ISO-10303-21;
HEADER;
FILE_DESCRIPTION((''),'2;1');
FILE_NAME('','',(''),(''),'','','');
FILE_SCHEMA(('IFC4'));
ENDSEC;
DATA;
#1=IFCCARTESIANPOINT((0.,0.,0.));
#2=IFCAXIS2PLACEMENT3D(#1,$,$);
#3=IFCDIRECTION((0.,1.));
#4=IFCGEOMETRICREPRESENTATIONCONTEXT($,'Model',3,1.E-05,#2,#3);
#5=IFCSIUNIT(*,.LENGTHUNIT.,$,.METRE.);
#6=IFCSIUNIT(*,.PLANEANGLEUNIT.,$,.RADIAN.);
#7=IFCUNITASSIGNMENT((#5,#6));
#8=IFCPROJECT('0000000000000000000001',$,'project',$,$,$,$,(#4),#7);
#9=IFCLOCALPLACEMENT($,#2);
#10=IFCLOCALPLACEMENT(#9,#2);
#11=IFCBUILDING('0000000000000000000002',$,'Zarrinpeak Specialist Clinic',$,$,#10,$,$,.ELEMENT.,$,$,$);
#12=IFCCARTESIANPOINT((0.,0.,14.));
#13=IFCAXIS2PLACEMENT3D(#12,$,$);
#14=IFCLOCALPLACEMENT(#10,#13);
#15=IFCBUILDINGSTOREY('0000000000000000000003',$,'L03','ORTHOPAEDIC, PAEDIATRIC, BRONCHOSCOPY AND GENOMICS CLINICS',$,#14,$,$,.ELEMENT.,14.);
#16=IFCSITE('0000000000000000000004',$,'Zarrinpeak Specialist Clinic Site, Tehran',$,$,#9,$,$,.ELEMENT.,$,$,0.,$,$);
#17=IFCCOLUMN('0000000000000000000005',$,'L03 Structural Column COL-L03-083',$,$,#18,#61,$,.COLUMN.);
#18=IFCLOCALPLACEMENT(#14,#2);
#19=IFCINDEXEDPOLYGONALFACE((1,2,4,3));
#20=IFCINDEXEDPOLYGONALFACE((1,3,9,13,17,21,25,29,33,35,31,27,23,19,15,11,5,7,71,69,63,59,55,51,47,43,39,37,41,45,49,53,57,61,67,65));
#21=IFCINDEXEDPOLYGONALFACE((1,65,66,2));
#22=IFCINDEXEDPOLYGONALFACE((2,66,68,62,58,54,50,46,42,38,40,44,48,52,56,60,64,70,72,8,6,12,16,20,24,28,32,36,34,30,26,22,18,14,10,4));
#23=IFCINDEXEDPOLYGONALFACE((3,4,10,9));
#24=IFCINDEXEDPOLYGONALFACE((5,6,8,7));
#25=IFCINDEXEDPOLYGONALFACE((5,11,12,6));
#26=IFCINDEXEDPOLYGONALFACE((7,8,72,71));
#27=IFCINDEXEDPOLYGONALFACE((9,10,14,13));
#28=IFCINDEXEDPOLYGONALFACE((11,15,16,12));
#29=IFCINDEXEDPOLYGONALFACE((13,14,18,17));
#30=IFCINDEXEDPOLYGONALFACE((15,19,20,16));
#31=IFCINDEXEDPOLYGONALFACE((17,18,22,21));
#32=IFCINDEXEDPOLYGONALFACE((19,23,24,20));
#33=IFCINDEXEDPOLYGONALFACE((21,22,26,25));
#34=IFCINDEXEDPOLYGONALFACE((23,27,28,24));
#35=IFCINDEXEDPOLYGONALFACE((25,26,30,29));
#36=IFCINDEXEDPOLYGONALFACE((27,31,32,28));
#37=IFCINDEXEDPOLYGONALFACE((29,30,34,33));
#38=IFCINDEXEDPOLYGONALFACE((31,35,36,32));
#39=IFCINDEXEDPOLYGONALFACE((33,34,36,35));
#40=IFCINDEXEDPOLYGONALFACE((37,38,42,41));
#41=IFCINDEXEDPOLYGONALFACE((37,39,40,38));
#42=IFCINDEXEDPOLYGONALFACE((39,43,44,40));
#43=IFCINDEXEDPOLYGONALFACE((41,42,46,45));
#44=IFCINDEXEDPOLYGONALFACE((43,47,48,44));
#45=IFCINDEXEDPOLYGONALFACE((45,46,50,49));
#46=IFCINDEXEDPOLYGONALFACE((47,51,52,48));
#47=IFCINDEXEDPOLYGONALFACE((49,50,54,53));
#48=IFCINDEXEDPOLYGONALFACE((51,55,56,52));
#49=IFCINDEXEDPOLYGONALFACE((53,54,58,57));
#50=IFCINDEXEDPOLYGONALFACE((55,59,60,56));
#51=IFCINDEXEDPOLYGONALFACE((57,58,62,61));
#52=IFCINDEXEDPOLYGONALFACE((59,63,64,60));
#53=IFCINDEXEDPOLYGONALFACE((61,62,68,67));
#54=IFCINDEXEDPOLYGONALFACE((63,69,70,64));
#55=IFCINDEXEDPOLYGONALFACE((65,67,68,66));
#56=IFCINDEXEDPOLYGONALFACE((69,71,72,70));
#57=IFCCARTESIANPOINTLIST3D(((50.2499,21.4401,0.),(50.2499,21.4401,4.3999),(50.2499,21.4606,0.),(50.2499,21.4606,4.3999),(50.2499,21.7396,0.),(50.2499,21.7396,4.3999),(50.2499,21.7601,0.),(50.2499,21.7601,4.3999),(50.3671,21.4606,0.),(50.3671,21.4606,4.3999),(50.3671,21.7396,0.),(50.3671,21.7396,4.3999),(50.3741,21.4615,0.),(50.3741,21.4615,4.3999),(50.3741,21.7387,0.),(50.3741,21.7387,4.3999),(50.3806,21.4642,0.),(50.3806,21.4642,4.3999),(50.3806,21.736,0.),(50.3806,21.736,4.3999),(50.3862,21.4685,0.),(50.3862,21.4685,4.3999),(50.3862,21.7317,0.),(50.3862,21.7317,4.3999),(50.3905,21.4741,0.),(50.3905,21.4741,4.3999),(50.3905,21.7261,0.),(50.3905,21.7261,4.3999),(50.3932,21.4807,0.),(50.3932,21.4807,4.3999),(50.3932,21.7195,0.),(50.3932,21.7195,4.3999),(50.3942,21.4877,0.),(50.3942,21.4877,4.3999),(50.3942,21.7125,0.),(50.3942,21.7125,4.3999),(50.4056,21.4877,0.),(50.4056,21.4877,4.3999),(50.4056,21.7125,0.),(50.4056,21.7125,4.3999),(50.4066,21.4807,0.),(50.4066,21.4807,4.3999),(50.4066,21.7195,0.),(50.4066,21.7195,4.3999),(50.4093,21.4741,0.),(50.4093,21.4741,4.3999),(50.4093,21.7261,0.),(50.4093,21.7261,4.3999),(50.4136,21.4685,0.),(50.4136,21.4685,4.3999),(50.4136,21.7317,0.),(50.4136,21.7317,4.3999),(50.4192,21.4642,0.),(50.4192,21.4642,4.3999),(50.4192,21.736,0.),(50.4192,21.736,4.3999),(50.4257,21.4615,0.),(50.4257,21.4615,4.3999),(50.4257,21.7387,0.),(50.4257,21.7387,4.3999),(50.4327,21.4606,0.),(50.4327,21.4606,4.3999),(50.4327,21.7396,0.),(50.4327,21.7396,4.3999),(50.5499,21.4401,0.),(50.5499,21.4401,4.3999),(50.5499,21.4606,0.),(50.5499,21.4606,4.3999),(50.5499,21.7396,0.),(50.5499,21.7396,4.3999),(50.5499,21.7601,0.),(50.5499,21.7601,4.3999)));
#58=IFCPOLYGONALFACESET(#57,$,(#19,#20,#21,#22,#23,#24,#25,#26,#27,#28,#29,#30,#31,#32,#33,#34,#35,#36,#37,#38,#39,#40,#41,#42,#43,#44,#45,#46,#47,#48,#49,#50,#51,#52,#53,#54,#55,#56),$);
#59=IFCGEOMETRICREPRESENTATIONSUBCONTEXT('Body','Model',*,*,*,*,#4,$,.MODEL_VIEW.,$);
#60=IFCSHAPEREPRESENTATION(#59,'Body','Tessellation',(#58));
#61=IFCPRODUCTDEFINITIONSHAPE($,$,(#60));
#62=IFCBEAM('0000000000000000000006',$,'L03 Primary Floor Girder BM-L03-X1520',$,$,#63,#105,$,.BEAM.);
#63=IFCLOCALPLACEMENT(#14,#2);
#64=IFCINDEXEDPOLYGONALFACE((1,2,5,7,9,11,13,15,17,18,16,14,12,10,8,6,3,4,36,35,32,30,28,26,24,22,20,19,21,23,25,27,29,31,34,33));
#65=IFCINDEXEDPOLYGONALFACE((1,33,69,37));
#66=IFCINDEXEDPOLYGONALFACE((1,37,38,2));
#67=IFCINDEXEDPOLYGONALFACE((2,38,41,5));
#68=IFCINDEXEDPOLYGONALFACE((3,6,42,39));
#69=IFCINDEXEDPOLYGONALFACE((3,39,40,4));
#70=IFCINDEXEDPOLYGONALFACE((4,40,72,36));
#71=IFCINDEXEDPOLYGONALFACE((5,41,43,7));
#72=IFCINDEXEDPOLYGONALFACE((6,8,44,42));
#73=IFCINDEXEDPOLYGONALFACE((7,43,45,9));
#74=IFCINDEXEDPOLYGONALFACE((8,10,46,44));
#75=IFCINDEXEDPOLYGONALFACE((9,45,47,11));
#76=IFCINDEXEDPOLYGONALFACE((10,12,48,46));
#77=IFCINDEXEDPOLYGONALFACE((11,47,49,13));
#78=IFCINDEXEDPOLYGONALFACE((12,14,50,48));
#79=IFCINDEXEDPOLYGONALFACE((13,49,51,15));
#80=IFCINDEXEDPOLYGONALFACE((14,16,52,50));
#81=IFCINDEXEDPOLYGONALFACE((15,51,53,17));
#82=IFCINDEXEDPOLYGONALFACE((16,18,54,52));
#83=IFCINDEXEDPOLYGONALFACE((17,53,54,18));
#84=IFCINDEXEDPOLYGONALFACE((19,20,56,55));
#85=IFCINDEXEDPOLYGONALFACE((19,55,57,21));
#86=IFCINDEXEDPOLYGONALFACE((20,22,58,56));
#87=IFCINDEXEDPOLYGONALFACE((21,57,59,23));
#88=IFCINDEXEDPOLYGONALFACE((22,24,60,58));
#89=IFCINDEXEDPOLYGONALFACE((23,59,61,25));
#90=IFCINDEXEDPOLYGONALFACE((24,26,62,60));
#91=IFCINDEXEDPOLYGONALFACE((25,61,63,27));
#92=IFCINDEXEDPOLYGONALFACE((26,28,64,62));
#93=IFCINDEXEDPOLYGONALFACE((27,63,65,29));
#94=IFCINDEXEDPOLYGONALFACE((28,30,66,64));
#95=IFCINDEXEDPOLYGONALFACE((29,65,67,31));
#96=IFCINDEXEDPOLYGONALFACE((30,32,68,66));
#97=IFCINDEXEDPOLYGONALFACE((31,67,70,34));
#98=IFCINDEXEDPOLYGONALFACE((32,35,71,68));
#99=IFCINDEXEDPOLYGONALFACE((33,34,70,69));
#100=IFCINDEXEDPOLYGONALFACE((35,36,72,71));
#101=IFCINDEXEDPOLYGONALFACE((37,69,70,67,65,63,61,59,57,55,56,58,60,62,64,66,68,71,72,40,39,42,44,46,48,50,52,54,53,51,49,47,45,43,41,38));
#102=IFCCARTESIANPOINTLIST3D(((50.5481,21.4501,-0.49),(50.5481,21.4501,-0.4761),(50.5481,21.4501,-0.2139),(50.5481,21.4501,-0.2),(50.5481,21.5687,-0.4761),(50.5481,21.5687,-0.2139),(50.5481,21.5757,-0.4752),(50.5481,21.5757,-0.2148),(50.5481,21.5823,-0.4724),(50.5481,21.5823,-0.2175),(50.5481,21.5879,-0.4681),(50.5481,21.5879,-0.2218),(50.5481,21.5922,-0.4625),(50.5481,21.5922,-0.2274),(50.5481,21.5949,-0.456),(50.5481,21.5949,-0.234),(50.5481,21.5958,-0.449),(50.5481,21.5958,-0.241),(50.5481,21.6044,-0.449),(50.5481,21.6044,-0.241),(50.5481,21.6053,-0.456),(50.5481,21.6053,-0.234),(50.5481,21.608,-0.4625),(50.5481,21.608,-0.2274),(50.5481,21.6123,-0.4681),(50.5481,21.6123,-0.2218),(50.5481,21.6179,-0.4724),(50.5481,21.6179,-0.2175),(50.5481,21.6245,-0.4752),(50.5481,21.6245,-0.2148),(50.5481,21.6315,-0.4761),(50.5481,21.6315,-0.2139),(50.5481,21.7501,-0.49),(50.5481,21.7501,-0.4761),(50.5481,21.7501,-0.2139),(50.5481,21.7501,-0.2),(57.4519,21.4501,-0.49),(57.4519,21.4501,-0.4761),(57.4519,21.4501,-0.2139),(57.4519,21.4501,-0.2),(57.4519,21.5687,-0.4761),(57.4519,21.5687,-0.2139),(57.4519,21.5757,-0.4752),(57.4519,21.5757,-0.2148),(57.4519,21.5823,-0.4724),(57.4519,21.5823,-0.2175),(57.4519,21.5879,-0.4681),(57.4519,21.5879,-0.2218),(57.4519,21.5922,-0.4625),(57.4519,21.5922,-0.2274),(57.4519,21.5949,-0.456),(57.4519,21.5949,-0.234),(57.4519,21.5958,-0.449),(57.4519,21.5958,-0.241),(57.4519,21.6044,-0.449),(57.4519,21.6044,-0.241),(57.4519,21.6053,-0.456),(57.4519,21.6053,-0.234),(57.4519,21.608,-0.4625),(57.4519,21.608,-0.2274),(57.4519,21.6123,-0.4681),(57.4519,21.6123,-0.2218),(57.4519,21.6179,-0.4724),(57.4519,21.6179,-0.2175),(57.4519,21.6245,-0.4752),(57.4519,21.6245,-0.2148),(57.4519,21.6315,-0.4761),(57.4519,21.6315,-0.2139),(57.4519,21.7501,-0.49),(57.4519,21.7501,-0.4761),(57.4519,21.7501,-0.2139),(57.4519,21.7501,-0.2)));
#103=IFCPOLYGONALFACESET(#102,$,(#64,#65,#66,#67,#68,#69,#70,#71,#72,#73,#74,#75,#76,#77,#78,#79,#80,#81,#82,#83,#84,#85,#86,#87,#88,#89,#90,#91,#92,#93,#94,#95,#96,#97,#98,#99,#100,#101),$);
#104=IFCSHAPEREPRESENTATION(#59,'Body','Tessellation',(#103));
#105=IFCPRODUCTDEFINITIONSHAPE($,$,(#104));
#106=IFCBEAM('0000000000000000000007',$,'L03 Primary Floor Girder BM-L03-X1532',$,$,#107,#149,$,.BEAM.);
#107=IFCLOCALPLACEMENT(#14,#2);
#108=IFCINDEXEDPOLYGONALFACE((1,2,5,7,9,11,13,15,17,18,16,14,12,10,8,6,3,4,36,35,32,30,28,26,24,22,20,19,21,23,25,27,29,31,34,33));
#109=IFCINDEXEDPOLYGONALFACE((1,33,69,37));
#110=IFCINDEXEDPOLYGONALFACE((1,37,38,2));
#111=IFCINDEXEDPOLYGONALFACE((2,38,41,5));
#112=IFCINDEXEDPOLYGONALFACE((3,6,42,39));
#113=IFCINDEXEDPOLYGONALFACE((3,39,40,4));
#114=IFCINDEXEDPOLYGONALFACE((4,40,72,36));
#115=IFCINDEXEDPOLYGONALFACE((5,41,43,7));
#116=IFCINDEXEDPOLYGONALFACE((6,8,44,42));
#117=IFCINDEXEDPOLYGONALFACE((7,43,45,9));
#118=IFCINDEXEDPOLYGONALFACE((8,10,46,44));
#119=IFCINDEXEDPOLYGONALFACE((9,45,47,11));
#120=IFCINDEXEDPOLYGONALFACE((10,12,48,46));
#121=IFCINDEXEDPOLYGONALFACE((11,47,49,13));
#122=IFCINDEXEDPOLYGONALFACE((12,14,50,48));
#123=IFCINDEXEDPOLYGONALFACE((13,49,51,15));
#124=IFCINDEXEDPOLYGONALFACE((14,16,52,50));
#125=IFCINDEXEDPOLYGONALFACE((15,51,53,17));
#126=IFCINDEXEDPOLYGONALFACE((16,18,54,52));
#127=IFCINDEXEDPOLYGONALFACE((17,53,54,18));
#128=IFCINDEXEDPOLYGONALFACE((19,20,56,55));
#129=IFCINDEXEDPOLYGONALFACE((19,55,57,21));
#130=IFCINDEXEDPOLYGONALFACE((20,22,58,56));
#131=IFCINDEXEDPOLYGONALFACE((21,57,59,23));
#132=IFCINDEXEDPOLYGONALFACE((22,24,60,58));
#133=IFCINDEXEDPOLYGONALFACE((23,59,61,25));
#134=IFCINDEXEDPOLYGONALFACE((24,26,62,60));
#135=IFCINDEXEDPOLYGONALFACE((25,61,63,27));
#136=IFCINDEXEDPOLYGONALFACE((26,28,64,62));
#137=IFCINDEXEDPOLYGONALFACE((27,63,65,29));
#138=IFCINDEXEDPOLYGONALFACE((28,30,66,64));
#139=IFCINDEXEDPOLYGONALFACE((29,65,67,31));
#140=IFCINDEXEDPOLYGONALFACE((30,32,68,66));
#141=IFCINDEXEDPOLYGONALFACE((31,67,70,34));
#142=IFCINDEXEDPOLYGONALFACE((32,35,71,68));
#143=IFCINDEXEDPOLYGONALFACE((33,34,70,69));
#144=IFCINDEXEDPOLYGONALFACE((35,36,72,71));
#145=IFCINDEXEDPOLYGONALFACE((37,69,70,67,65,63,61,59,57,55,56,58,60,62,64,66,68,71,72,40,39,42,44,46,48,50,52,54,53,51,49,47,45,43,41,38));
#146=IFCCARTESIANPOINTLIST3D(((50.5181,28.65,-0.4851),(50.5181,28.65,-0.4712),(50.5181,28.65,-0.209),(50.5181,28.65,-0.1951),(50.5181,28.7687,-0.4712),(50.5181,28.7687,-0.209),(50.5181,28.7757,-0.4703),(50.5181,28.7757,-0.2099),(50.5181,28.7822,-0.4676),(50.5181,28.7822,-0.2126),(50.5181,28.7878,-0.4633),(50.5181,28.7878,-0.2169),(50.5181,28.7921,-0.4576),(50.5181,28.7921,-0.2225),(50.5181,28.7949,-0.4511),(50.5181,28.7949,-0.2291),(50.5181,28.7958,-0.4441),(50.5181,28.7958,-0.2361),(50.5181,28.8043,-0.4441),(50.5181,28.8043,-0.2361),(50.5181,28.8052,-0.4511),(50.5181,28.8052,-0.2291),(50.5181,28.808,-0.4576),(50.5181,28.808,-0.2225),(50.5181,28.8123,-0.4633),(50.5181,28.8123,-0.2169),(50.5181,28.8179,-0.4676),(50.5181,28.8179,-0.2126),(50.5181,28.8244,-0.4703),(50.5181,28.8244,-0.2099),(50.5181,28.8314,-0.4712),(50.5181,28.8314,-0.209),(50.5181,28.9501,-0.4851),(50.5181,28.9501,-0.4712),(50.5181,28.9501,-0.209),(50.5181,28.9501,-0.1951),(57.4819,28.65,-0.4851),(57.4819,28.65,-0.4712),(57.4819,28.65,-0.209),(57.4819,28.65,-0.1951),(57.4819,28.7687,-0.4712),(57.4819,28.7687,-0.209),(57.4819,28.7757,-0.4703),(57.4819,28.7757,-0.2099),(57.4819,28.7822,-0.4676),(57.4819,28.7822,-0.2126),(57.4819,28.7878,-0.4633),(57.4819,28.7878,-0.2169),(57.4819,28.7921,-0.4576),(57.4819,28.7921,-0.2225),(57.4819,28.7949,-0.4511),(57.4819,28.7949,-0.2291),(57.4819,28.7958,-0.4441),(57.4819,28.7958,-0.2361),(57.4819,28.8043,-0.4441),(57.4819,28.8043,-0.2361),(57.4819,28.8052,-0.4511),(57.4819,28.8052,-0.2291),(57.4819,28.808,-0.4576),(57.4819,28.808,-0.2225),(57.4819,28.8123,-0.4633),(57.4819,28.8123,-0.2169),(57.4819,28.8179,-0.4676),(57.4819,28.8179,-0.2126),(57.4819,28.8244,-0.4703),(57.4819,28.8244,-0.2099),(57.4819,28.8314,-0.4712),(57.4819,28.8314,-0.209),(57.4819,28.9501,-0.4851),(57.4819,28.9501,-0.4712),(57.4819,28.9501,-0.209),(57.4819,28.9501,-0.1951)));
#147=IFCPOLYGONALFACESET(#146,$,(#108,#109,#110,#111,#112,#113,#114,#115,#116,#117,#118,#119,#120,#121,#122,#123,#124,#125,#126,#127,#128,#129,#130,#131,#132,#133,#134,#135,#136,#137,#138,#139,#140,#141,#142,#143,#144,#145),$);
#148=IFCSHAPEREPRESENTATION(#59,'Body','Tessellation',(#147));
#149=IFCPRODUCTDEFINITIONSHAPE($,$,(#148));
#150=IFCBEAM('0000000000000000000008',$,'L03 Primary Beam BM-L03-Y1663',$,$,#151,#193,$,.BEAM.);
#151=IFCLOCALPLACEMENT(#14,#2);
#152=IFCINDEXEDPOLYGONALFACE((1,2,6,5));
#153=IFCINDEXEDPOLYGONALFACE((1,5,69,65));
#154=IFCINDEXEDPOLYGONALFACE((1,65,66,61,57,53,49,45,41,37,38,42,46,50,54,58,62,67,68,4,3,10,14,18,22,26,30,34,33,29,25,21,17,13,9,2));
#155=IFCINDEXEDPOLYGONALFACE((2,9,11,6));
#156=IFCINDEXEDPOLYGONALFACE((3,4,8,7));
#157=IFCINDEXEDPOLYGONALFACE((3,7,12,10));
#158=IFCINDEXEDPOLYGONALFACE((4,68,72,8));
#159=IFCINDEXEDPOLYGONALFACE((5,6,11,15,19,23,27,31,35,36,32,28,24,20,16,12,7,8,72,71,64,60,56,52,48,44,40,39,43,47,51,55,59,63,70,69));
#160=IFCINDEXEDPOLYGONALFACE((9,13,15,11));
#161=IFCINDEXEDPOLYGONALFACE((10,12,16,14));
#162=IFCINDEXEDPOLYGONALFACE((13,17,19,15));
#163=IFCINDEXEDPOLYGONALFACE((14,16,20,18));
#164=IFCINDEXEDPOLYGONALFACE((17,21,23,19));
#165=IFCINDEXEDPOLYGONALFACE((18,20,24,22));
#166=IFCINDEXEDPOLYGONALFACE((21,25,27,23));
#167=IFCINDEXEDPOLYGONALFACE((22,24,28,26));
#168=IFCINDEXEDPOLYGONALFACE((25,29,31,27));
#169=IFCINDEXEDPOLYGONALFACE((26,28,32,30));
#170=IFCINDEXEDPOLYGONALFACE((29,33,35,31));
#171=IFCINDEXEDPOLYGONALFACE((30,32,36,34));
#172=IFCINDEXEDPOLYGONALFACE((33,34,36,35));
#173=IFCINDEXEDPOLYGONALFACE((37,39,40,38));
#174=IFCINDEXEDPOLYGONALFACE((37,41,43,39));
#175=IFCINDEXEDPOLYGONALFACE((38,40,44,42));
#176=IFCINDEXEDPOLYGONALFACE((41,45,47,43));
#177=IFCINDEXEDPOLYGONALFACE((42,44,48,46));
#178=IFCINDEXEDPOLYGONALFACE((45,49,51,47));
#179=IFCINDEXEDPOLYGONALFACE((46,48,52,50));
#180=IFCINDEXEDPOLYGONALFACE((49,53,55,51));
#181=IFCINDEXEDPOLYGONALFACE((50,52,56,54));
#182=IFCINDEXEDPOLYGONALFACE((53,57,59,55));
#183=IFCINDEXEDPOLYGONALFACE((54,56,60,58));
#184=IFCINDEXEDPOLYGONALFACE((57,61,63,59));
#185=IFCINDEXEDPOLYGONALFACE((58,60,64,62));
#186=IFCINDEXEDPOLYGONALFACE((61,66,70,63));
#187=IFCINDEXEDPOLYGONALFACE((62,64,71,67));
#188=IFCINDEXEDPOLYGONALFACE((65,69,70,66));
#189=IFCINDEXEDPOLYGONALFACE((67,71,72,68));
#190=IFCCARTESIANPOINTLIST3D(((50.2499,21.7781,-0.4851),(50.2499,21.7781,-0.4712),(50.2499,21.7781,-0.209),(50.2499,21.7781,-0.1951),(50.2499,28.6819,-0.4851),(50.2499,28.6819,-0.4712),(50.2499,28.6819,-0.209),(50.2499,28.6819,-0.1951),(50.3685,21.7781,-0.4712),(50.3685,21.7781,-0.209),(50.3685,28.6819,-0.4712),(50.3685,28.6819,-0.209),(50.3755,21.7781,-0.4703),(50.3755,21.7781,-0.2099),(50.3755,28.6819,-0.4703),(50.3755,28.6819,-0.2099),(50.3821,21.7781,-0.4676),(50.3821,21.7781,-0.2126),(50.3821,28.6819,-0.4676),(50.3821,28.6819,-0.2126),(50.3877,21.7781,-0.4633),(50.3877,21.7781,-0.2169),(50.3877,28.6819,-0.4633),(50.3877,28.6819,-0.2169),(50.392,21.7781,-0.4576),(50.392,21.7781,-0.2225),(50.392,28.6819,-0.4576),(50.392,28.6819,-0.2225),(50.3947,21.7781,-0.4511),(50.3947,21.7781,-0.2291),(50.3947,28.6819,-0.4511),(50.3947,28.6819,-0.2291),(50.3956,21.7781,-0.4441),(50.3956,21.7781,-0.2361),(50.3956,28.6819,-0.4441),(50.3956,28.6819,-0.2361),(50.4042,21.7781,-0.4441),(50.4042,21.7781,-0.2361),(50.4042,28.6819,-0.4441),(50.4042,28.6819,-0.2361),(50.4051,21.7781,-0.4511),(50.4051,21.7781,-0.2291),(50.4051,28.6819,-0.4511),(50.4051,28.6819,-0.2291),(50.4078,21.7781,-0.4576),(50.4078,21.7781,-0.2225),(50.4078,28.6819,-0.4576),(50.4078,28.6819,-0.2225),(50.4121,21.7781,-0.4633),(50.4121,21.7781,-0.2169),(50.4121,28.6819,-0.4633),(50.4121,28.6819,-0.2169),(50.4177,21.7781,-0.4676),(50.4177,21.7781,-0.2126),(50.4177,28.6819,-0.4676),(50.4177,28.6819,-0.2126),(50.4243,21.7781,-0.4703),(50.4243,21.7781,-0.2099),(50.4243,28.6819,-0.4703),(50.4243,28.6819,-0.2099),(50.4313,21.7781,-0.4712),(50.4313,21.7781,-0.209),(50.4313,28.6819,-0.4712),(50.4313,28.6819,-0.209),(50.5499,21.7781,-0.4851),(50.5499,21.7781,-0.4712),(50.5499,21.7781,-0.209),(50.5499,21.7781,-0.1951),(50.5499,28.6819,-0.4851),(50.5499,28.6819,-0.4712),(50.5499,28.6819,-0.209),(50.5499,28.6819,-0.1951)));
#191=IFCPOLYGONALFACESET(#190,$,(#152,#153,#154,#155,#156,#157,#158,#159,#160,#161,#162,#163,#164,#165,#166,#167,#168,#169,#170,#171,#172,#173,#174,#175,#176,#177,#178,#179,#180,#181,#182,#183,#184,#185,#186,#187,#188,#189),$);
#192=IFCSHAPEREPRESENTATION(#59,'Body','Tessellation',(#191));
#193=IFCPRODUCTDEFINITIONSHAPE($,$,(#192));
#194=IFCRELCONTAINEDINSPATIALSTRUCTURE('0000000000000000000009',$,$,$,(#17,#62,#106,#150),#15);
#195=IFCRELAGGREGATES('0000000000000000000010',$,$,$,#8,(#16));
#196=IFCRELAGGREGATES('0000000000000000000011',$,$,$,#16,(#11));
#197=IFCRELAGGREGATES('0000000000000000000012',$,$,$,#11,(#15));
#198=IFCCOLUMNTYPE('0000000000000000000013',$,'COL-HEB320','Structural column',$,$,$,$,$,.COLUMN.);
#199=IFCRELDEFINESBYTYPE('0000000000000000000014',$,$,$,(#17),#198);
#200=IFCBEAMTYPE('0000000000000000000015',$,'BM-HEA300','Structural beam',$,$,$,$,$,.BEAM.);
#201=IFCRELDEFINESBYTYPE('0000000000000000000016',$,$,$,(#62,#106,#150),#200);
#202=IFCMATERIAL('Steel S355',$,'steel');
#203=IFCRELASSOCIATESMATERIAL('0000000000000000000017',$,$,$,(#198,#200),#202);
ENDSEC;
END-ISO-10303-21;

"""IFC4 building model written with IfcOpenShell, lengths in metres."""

from ifc_helpers import new_model, si_unit, direction, frame, origin, origin_2d, place, context, subcontext, project, spatial, i_section, extrude, material, material_profile, profile_set, type_object, element, save


model = new_model("IFC4")

# Units and contexts
model_context = context("Model", 3, precision=1e-05, world=origin(), true_north=direction((0.0, 1.0)))
body_context = subcontext(model_context, "Body", "Model", "MODEL_VIEW")
ifc_project = project(units=[si_unit("LENGTHUNIT", "METRE"), si_unit("PLANEANGLEUNIT", "RADIAN")], contexts=[model_context])

# Site, building, storey
site_placement = place(None, origin())
site = spatial("IfcSite", under=ifc_project, at=site_placement, Name="Zarrinpeak Specialist Clinic Site, Tehran", CompositionType="ELEMENT", RefElevation=0.0)
building_placement = place(site_placement, origin())
building = spatial("IfcBuilding", under=site, at=building_placement, Name="Zarrinpeak Specialist Clinic", CompositionType="ELEMENT")
storey_placement = place(building_placement, frame((0.0, 0.0, 14.0)))
storey = spatial("IfcBuildingStorey", under=building, at=storey_placement, Name="L03", Description="ORTHOPAEDIC, PAEDIATRIC, BRONCHOSCOPY AND GENOMICS CLINICS", CompositionType="ELEMENT", Elevation=14.0)

# Column
ifc_material_1 = material(Name="Steel S355", Category="steel")
ifc_material_profile_1 = material_profile(ifc_material_1, i_section(OverallWidth=0.3, OverallDepth=0.3201, WebThickness=0.0115, FlangeThickness=0.0205, FilletRadius=0.0271, at=origin_2d()), Name="HEB 320")
ifc_profile_set_1 = profile_set([ifc_material_profile_1], Name="Steel S355")
column_type = type_object("IfcColumnType", Name="COL-HEB320", Description="Structural column", PredefinedType="COLUMN", material=ifc_profile_set_1)
column_placement = place(storey_placement, frame((50.3999, 21.6001, 0.0), z_axis=(0.0, 0.0, 1.0), x_axis=(1.0, 0.0, 0.0)))
element("IfcColumn", 1, at=column_placement, inside=storey, type_object=column_type, Name="L03 Structural Column COL-L03-083", PredefinedType="COLUMN", context=body_context, shape_type="SweptSolid", body=[
    extrude(i_section(OverallWidth=0.3, OverallDepth=0.3201, WebThickness=0.0115, FlangeThickness=0.0205, FilletRadius=0.0271, at=origin_2d()), origin(), (0.0, 0.0, 1.0), 4.3999),
])

# Beams
ifc_material_profile_2 = material_profile(ifc_material_1, i_section(OverallWidth=0.3, OverallDepth=0.29, WebThickness=0.0085, FlangeThickness=0.0139, FilletRadius=0.0271, at=origin_2d()), Name="HEA 300")
ifc_profile_set_2 = profile_set([ifc_material_profile_2], Name="Steel S355")
beam_type = type_object("IfcBeamType", Name="BM-HEA300", Description="Structural beam", PredefinedType="BEAM", material=ifc_profile_set_2)
beam_1_placement = place(storey_placement, frame((50.5481, 21.6001, -0.345), z_axis=(1.0, 0.0, 0.0), x_axis=(0.0, 1.0, 0.0)))
element("IfcBeam", 2, at=beam_1_placement, inside=storey, type_object=beam_type, Name="L03 Primary Floor Girder BM-L03-X1520", PredefinedType="BEAM", context=body_context, shape_type="SweptSolid", body=[
    extrude(i_section(OverallWidth=0.3, OverallDepth=0.29, WebThickness=0.0085, FlangeThickness=0.0139, FilletRadius=0.0271, at=origin_2d()), origin(), (0.0, 0.0, 1.0), 6.9038),
])
beam_2_placement = place(storey_placement, frame((50.5181, 28.8, -0.3401), z_axis=(1.0, 0.0, 0.0), x_axis=(0.0, 1.0, 0.0)))
element("IfcBeam", 3, at=beam_2_placement, inside=storey, type_object=beam_type, Name="L03 Primary Floor Girder BM-L03-X1532", PredefinedType="BEAM", context=body_context, shape_type="SweptSolid", body=[
    extrude(i_section(OverallWidth=0.3, OverallDepth=0.29, WebThickness=0.0085, FlangeThickness=0.0139, FilletRadius=0.0271, at=origin_2d()), origin(), (0.0, 0.0, 1.0), 6.9639),
])
beam_3_placement = place(storey_placement, frame((50.3999, 21.7781, -0.3401), z_axis=(0.0, 1.0, 0.0), x_axis=(-1.0, 0.0, 0.0)))
element("IfcBeam", 4, at=beam_3_placement, inside=storey, type_object=beam_type, Name="L03 Primary Beam BM-L03-Y1663", PredefinedType="BEAM", context=body_context, shape_type="SweptSolid", body=[
    extrude(i_section(OverallWidth=0.3, OverallDepth=0.29, WebThickness=0.0085, FlangeThickness=0.0139, FilletRadius=0.0271, at=origin_2d()), origin(), (0.0, 0.0, 1.0), 6.9038),
])

save(model, "model.ifc")
